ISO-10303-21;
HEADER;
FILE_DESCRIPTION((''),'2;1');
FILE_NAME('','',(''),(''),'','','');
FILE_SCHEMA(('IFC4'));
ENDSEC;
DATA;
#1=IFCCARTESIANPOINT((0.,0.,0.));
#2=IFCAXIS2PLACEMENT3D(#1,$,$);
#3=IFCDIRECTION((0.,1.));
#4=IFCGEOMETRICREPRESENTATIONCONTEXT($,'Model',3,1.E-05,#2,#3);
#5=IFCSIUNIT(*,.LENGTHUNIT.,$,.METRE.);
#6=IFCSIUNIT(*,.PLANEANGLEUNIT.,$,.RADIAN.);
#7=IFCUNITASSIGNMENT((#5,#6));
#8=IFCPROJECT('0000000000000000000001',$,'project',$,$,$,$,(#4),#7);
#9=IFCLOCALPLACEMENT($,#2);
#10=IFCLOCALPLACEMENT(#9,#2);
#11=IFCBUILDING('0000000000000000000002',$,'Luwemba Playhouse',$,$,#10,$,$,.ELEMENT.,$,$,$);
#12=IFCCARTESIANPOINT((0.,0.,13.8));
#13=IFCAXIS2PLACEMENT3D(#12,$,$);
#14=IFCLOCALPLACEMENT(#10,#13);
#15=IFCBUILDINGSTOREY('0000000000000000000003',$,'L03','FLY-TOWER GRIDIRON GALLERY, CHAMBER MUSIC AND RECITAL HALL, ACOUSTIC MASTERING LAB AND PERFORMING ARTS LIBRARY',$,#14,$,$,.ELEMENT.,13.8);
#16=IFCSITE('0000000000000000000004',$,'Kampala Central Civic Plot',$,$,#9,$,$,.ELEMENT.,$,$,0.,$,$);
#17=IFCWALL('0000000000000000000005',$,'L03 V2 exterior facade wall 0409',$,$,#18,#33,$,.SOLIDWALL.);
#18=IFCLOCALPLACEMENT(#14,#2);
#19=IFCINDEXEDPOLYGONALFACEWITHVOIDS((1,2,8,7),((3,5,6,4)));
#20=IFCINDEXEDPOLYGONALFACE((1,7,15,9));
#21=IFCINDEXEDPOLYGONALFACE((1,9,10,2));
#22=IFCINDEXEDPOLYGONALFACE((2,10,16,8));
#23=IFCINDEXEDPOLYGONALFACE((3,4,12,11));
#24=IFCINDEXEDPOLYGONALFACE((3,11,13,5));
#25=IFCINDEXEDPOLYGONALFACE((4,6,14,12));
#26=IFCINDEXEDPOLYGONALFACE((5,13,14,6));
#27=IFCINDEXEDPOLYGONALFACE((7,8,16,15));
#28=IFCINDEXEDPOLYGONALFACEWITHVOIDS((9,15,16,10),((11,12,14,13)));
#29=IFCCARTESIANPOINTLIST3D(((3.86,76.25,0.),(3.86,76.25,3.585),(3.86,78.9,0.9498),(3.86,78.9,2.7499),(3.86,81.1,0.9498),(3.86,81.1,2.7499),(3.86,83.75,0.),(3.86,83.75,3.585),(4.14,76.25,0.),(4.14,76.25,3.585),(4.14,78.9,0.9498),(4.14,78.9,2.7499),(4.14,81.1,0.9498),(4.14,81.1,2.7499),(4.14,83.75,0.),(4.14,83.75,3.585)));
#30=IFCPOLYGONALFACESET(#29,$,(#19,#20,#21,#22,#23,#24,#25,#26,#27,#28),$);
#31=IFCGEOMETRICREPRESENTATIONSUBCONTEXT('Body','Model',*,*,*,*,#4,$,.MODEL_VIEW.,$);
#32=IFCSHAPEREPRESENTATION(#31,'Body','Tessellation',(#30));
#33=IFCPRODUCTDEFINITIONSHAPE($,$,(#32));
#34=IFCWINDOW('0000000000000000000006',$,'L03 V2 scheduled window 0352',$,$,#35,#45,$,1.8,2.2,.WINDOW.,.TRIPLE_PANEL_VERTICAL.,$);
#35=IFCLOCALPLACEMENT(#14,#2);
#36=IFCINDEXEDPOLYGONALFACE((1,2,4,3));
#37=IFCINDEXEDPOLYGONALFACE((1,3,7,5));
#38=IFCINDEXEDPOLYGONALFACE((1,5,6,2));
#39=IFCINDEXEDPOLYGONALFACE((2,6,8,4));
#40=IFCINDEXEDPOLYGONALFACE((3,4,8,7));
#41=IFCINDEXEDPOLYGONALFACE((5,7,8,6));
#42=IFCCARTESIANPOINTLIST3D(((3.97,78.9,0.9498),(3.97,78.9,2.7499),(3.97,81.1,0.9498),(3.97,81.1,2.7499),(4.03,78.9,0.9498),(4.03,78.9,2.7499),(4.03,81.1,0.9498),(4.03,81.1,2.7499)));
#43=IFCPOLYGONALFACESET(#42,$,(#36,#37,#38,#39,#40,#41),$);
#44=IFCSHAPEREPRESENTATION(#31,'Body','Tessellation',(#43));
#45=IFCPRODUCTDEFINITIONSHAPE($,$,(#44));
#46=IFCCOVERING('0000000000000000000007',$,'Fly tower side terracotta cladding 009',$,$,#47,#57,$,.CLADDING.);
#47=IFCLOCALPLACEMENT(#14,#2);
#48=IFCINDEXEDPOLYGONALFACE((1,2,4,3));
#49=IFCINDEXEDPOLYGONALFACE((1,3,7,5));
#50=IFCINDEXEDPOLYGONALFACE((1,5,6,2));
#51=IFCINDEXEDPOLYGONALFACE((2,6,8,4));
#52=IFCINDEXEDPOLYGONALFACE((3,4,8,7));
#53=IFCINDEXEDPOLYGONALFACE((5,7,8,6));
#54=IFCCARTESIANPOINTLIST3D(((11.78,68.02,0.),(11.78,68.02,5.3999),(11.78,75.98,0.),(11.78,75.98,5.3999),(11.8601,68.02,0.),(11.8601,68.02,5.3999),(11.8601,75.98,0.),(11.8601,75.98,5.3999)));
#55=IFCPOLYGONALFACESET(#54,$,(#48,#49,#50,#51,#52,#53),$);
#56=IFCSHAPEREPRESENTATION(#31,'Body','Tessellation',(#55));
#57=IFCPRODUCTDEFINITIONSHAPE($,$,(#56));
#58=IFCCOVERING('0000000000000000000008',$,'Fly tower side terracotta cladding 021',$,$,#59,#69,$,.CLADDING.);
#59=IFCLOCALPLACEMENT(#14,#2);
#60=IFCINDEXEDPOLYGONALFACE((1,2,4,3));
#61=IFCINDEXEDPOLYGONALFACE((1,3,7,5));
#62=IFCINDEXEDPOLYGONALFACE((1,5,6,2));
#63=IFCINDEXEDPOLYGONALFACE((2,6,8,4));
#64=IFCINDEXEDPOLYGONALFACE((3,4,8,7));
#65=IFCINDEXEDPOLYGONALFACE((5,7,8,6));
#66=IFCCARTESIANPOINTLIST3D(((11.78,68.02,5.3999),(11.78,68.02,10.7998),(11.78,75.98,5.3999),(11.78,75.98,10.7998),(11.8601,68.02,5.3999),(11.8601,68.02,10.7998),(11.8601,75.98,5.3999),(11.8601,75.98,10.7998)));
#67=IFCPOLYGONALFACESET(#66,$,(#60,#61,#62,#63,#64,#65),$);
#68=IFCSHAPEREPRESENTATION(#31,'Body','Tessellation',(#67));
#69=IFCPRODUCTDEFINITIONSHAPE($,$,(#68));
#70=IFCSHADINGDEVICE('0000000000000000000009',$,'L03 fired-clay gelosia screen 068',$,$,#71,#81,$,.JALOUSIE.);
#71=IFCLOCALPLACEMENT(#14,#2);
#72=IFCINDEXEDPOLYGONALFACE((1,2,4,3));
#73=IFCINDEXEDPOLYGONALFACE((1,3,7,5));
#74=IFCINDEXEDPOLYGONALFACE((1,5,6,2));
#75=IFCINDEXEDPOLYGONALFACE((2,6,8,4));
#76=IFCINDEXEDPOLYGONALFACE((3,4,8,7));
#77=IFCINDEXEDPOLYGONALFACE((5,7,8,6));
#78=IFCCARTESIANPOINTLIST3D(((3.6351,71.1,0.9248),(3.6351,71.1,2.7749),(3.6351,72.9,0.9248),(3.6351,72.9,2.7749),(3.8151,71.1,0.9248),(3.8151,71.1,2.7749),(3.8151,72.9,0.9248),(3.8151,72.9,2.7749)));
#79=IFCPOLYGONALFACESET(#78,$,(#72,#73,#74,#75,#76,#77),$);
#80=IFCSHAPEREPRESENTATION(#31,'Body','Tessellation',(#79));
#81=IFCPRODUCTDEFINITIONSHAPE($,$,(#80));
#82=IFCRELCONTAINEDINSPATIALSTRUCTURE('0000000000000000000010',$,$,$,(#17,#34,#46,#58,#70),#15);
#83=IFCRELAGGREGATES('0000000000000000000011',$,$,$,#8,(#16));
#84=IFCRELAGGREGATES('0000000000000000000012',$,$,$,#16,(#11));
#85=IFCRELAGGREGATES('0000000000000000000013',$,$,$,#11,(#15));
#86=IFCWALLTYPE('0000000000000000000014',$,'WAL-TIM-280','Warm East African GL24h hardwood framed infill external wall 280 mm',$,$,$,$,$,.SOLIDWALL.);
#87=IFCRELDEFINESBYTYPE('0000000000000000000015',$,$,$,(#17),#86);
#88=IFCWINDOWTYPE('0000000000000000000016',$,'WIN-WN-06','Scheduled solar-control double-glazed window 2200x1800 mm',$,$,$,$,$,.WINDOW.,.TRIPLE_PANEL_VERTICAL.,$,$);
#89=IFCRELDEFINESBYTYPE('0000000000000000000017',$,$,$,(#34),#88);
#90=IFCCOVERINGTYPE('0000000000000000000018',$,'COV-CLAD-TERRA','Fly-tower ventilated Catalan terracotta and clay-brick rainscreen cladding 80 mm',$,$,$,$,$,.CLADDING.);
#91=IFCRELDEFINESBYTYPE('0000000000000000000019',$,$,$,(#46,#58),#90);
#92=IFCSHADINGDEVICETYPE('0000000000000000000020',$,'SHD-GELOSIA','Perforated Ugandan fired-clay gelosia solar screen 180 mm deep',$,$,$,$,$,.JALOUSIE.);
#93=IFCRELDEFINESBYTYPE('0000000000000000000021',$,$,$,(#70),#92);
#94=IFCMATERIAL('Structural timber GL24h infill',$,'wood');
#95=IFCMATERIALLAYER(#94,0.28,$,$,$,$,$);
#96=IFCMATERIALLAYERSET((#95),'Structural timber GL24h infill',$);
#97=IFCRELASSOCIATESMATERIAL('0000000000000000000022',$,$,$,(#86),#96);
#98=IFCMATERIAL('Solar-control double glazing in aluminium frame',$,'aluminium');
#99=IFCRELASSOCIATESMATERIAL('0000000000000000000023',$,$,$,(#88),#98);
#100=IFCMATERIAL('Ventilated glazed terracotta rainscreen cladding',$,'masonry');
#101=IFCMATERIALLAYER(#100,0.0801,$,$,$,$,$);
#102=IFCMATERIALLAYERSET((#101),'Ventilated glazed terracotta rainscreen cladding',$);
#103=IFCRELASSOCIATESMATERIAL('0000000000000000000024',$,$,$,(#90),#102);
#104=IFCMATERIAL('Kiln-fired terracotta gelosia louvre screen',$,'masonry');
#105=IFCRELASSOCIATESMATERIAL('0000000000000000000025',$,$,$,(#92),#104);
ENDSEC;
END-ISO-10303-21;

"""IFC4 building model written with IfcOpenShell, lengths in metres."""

from ifc_helpers import new_model, si_unit, direction, frame, frame_2d, origin, origin_2d, place, context, subcontext, project, spatial, rectangle, extrude, material, layer, layer_set, type_object, element, fill, save


model = new_model("IFC4")

# Units and contexts
model_context = context("Model", 3, precision=1e-05, world=origin(), true_north=direction((0.0, 1.0)))
body_context = subcontext(model_context, "Body", "Model", "MODEL_VIEW")
ifc_project = project(units=[si_unit("LENGTHUNIT", "METRE"), si_unit("PLANEANGLEUNIT", "RADIAN")], contexts=[model_context])

# Site, building, storey
site_placement = place(None, origin())
site = spatial("IfcSite", under=ifc_project, at=site_placement, Name="Kampala Central Civic Plot", CompositionType="ELEMENT", RefElevation=0.0)
building_placement = place(site_placement, origin())
building = spatial("IfcBuilding", under=site, at=building_placement, Name="Luwemba Playhouse", CompositionType="ELEMENT")
storey_placement = place(building_placement, frame((0.0, 0.0, 13.8)))
storey = spatial("IfcBuildingStorey", under=building, at=storey_placement, Name="L03", Description="FLY-TOWER GRIDIRON GALLERY, CHAMBER MUSIC AND RECITAL HALL, ACOUSTIC MASTERING LAB AND PERFORMING ARTS LIBRARY", CompositionType="ELEMENT", Elevation=13.8)

# Wall, opening, window
ifc_material_1 = material(Name="Structural timber GL24h infill", Category="wood")
ifc_layer_1 = layer(ifc_material_1, 0.28)
ifc_layer_set_1 = layer_set([ifc_layer_1], Name="Structural timber GL24h infill")
wall_type_1 = type_object("IfcWallType", Name="WAL-TIM-280", Description="Warm East African GL24h hardwood framed infill external wall 280 mm", PredefinedType="SOLIDWALL", material=ifc_layer_set_1)
wall_1_placement = place(storey_placement, frame((4.0, 76.25, 0.0), z_axis=(0.0, 0.0, 1.0), x_axis=(0.0, 1.0, 0.0)))
wall_1 = element("IfcWall", 1, at=wall_1_placement, inside=storey, type_object=wall_type_1, Name="L03 V2 exterior facade wall 0409", PredefinedType="SOLIDWALL", context=body_context, shape_type="SweptSolid", body=[
    extrude(rectangle(XDim=7.5, YDim=0.28, at=frame_2d((3.75, 0.0))), origin(), (0.0, 0.0, 1.0), 3.585),
])
opening_1_placement = place(wall_1_placement, frame((2.6499, 0.0, 0.95)))
opening_1 = element("IfcOpeningElement", 2, at=opening_1_placement, cuts=wall_1, PredefinedType="OPENING", context=body_context, shape_type="SweptSolid", body=[
    extrude(rectangle(XDim=2.2, YDim=1.8, at=frame_2d((1.1001, 0.8999))), frame((0.0, 0.1499, 0.0), z_axis=(0.0, -1.0, 0.0), x_axis=(1.0, 0.0, 0.0)), (0.0, 0.0, 1.0), 0.3),
])
ifc_material_2 = material(Name="Solar-control double glazing in aluminium frame", Category="aluminium")
window_type = type_object("IfcWindowType", Name="WIN-WN-06", Description="Scheduled solar-control double-glazed window 2200x1800 mm", PartitioningType="TRIPLE_PANEL_VERTICAL", PredefinedType="WINDOW", material=ifc_material_2)
window_placement = place(opening_1_placement, origin())
window = element("IfcWindow", 3, at=window_placement, inside=storey, type_object=window_type, Name="L03 V2 scheduled window 0352", OverallHeight=1.8, OverallWidth=2.2, PartitioningType="TRIPLE_PANEL_VERTICAL", PredefinedType="WINDOW", context=body_context, shape_type="SweptSolid", body=[
    extrude(rectangle(XDim=2.2, YDim=1.8, at=frame_2d((1.1001, 0.8999))), frame((0.0, 0.03, 0.0), z_axis=(0.0, -1.0, 0.0), x_axis=(1.0, 0.0, 0.0)), (0.0, 0.0, 1.0), 0.0601),
])
fill(opening_1, window)

# Coverings
ifc_material_3 = material(Name="Ventilated glazed terracotta rainscreen cladding", Category="masonry")
ifc_layer_2 = layer(ifc_material_3, 0.0801)
ifc_layer_set_2 = layer_set([ifc_layer_2], Name="Ventilated glazed terracotta rainscreen cladding")
covering_type = type_object("IfcCoveringType", Name="COV-CLAD-TERRA", Description="Fly-tower ventilated Catalan terracotta and clay-brick rainscreen cladding 80 mm", PredefinedType="CLADDING", material=ifc_layer_set_2)
for number, where, z_axis, x_axis, name in (
    (4, (11.8201, 72.0, 0.0), (0.0, 0.0, 1.0), (0.0, 1.0, 0.0), "Fly tower side terracotta cladding 009"),
    (5, (11.8201, 72.0, 5.3999), (0.0, 0.0, 1.0), (0.0, 1.0, 0.0), "Fly tower side terracotta cladding 021"),
):
    element("IfcCovering", number, at=place(storey_placement, frame(where, z_axis=z_axis, x_axis=x_axis)), inside=storey, type_object=covering_type, Name=name, PredefinedType="CLADDING", context=body_context, shape_type="SweptSolid", body=[
        extrude(rectangle(XDim=7.96, YDim=0.0801, at=origin_2d()), origin(), (0.0, 0.0, 1.0), 5.3999),
    ])

# Shading device
ifc_material_4 = material(Name="Kiln-fired terracotta gelosia louvre screen", Category="masonry")
shading_device_type = type_object("IfcShadingDeviceType", Name="SHD-GELOSIA", Description="Perforated Ugandan fired-clay gelosia solar screen 180 mm deep", PredefinedType="JALOUSIE", material=ifc_material_4)
shading_device_placement = place(storey_placement, frame((3.7251, 72.0, 0.9248), z_axis=(0.0, 0.0, 1.0), x_axis=(0.0, 1.0, 0.0)))
element("IfcShadingDevice", 6, at=shading_device_placement, inside=storey, type_object=shading_device_type, Name="L03 fired-clay gelosia screen 068", PredefinedType="JALOUSIE", context=body_context, shape_type="SweptSolid", body=[
    extrude(rectangle(XDim=1.8, YDim=0.1799, at=origin_2d()), origin(), (0.0, 0.0, 1.0), 1.8501),
])

save(model, "model.ifc")
